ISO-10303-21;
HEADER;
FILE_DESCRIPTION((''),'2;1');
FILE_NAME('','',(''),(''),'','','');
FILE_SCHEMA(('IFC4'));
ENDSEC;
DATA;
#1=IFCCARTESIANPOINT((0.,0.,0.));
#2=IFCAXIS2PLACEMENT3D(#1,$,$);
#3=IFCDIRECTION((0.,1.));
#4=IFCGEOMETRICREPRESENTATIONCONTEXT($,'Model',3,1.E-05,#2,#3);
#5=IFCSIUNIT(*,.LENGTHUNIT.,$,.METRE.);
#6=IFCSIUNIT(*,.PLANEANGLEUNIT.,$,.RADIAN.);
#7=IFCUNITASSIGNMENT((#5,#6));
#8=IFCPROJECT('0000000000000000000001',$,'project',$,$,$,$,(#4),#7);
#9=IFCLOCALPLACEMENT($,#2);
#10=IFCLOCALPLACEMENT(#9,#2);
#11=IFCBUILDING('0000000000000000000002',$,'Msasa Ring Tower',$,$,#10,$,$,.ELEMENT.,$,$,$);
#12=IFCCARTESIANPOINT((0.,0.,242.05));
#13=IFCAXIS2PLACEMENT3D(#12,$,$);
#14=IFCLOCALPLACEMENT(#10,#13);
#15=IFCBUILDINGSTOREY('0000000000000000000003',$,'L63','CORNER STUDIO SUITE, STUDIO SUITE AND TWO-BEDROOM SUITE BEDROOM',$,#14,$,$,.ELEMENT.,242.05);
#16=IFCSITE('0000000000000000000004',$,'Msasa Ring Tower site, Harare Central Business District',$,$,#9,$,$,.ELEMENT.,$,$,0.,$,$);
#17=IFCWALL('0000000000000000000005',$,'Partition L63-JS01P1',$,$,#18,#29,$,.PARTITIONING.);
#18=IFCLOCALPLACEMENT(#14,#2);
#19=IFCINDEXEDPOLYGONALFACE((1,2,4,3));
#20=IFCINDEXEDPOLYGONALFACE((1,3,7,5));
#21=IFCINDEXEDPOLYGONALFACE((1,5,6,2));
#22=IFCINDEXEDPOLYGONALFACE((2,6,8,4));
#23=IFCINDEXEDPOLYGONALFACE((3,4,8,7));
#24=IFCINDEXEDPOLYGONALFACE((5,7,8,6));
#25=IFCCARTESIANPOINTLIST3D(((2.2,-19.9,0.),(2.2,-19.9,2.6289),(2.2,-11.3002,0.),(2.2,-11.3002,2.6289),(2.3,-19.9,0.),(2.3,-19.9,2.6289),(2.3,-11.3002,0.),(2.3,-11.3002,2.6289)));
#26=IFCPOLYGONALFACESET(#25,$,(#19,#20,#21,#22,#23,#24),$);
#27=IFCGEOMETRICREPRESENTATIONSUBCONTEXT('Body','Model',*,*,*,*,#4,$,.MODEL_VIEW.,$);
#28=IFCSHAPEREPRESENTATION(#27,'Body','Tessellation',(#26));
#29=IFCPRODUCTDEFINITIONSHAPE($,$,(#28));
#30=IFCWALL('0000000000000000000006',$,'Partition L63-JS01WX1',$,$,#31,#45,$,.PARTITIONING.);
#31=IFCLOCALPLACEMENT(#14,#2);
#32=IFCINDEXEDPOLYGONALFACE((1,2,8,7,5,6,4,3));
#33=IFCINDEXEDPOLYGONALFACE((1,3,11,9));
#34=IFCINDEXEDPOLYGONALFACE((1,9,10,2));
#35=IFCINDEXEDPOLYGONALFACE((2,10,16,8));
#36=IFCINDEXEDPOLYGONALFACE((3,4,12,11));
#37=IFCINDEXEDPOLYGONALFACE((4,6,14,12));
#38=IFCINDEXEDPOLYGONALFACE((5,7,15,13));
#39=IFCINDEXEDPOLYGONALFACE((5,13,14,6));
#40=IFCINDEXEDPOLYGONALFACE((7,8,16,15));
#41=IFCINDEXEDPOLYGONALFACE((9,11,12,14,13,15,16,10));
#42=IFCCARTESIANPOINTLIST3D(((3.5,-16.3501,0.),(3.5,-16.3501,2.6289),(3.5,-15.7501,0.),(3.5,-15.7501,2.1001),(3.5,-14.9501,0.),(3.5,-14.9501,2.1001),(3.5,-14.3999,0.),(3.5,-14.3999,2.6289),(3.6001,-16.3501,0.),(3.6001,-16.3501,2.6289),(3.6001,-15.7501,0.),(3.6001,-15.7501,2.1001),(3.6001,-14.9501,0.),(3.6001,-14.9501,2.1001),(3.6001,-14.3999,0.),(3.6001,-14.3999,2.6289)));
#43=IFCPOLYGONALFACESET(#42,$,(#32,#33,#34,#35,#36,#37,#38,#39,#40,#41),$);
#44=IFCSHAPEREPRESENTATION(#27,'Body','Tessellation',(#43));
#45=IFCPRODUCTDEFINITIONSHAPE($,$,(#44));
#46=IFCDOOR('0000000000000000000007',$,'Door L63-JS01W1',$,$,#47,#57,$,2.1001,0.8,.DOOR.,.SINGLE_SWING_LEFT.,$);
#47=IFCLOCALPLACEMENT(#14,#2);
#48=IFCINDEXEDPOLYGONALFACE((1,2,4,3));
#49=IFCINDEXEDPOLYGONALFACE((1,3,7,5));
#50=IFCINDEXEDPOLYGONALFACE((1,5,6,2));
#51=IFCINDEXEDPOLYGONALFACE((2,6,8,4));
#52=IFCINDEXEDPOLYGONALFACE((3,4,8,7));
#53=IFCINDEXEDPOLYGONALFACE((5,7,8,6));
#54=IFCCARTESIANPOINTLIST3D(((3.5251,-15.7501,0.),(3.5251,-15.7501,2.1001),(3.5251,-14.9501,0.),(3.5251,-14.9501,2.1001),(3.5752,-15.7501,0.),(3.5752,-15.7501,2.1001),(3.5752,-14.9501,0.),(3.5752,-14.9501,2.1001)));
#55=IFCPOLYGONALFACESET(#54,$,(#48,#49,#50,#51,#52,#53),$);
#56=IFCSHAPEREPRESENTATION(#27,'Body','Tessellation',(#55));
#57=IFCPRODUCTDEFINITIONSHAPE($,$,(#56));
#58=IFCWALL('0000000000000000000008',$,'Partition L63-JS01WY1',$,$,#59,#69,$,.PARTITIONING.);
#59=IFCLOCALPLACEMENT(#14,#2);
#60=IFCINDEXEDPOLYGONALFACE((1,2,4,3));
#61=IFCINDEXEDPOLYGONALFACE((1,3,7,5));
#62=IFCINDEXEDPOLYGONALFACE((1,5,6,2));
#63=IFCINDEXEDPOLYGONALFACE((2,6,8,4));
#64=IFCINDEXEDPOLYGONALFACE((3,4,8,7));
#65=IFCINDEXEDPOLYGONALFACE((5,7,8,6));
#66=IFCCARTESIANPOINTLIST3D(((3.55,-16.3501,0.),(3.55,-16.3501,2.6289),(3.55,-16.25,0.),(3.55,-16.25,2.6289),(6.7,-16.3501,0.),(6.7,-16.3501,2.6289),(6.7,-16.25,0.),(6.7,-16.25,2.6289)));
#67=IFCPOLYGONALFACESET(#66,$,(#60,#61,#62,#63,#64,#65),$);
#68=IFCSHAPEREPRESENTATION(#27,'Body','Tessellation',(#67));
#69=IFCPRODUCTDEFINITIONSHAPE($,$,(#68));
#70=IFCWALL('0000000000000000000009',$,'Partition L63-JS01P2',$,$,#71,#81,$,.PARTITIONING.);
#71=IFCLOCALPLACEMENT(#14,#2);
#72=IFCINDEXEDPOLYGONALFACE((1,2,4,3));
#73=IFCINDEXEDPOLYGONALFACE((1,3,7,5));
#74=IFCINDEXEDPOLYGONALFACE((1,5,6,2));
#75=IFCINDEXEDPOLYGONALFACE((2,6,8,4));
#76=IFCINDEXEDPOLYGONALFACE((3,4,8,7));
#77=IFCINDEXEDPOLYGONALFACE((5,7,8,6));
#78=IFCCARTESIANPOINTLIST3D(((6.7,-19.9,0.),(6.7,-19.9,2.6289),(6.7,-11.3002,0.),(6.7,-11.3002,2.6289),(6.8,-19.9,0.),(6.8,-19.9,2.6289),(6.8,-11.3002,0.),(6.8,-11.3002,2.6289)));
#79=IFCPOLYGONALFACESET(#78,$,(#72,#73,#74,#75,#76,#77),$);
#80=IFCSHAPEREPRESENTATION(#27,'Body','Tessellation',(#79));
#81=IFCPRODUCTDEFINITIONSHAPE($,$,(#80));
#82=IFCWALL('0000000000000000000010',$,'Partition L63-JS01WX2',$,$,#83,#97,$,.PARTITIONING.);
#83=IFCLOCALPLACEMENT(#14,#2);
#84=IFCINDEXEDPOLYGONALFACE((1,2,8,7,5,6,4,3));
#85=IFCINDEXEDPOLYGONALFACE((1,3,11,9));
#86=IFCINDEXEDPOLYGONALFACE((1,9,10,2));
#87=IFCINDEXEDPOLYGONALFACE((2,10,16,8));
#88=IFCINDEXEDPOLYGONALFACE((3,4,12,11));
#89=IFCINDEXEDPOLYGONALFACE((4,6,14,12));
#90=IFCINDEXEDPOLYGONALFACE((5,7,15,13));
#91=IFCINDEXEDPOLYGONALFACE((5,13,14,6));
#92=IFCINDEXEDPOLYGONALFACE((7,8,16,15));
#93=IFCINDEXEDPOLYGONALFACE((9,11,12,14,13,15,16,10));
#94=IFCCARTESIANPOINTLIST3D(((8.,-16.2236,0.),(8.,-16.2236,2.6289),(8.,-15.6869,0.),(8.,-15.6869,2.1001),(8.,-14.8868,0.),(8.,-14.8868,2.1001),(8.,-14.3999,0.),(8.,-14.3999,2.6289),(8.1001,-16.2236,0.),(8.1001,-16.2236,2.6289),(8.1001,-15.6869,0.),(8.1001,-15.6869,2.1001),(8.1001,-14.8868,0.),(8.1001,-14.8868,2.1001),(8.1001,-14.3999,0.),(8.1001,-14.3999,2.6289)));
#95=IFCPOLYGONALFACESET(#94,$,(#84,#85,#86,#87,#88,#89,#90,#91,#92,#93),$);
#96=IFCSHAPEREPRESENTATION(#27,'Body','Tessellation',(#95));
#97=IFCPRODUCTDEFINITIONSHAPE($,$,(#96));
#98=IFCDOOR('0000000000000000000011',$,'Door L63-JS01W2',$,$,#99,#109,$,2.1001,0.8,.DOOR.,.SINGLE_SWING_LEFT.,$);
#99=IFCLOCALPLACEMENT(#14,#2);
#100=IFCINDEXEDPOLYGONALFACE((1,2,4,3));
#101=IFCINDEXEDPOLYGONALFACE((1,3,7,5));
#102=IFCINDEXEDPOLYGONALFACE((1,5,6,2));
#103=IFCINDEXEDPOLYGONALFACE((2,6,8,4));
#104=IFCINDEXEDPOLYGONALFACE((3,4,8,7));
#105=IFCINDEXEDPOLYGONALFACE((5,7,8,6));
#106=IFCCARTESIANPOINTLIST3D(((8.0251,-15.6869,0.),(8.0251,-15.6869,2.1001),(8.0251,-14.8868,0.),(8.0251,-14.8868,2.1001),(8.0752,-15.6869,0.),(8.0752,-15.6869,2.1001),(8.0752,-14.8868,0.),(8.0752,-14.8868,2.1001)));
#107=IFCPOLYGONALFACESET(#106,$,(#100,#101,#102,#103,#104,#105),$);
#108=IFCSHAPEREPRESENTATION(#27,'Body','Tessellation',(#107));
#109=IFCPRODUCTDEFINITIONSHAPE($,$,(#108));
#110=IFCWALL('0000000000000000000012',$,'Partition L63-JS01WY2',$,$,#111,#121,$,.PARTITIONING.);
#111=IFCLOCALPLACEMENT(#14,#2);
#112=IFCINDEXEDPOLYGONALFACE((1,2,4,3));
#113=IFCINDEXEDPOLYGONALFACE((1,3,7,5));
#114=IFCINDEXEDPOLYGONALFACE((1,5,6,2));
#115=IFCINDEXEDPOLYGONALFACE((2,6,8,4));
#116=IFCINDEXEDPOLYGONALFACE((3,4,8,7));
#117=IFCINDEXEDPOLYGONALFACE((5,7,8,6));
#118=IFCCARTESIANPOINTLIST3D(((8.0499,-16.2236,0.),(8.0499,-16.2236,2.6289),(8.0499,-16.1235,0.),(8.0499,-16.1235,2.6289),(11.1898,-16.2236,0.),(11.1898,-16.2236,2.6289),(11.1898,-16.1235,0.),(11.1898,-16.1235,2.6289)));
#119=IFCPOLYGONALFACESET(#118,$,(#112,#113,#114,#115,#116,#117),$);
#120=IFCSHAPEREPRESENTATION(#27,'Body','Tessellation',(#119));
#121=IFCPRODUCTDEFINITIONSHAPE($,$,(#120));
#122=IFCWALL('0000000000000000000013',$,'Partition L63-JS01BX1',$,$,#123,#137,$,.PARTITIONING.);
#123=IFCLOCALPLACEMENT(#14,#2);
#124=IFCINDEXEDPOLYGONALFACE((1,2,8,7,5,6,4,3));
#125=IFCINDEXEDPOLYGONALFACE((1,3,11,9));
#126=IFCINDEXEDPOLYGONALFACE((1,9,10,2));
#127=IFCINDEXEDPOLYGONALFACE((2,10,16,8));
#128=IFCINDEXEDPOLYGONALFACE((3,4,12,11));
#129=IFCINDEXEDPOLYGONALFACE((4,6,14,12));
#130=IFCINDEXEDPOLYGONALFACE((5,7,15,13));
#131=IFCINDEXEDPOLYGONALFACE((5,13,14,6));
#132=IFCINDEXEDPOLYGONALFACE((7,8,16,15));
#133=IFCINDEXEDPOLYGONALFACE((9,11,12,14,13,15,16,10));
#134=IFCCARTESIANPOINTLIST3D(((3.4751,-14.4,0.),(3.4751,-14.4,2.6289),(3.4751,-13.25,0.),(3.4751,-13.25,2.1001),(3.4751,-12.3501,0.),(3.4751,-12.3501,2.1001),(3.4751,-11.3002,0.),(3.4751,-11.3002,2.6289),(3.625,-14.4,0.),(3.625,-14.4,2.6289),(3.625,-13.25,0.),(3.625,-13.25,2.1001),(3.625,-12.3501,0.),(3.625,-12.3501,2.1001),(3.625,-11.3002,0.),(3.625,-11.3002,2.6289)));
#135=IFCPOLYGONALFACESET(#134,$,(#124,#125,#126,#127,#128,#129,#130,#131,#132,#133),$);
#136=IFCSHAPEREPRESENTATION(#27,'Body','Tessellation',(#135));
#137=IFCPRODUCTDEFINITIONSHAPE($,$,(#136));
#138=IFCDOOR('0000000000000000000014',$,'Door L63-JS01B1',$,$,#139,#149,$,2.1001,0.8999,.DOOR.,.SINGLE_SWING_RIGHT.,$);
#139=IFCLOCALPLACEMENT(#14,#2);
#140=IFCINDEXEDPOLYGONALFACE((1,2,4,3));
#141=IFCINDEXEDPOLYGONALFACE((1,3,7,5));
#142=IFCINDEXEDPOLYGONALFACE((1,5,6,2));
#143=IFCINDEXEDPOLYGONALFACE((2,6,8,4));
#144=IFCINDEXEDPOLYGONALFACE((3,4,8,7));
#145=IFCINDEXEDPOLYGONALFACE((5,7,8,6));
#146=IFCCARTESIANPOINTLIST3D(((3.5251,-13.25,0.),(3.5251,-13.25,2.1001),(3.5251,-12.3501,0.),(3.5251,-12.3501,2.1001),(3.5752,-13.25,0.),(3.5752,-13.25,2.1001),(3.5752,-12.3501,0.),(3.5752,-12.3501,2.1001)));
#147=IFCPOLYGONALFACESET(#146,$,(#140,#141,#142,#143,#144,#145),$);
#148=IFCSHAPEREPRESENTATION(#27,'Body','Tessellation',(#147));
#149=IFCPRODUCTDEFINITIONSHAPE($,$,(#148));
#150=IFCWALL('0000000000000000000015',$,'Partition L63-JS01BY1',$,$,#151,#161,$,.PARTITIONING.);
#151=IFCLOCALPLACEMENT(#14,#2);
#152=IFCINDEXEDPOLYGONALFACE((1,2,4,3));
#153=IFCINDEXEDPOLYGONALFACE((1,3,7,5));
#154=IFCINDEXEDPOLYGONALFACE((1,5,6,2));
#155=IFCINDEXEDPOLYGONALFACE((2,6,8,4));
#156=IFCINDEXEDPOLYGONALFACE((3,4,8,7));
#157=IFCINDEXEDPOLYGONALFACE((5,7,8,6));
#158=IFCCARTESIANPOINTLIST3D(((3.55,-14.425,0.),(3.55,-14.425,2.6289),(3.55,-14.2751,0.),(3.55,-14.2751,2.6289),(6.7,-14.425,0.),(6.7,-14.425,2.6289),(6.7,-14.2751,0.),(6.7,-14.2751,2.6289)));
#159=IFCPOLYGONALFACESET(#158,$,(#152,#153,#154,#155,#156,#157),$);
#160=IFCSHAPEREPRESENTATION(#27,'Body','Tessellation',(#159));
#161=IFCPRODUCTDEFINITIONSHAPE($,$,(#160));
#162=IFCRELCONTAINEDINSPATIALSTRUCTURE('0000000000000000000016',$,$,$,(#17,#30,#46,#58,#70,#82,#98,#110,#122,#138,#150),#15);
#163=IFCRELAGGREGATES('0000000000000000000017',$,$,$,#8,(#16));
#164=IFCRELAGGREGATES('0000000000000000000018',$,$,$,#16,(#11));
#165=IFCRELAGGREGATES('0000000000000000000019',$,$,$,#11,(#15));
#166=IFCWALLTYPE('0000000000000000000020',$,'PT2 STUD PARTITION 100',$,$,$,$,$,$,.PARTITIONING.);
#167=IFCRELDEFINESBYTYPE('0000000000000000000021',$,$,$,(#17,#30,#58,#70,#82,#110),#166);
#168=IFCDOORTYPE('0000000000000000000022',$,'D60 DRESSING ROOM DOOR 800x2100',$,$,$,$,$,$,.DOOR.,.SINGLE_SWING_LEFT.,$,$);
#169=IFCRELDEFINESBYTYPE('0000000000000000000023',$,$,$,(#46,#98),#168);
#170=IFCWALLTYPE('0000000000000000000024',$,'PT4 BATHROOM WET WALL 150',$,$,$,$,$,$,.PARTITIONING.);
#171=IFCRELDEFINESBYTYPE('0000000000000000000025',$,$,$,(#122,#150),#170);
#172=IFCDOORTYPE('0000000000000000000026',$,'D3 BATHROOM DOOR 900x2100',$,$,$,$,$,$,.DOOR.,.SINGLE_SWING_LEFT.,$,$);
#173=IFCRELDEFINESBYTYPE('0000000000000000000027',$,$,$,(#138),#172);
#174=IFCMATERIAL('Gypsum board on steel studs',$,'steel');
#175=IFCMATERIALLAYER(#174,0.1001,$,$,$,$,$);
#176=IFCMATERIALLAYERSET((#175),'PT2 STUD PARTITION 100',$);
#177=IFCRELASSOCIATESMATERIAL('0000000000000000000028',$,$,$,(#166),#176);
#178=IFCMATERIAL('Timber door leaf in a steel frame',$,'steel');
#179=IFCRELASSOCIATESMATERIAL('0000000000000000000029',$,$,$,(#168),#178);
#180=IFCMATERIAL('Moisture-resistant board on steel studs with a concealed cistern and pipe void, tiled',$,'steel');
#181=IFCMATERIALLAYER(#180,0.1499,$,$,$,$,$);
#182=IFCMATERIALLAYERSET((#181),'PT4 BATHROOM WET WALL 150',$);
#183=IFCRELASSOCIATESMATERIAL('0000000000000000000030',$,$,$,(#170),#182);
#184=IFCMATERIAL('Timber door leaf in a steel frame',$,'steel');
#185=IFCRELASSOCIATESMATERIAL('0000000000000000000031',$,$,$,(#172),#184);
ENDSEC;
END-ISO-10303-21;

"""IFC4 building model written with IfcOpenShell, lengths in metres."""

from ifc_helpers import new_model, si_unit, direction, frame, frame_2d, origin, place, context, subcontext, project, spatial, rectangle, extrude, material, layer, layer_set, type_object, element, fill, save


model = new_model("IFC4")

# Units and contexts
model_context = context("Model", 3, precision=1e-05, world=origin(), true_north=direction((0.0, 1.0)))
body_context = subcontext(model_context, "Body", "Model", "MODEL_VIEW")
ifc_project = project(units=[si_unit("LENGTHUNIT", "METRE"), si_unit("PLANEANGLEUNIT", "RADIAN")], contexts=[model_context])

# Site, building, storey
site_placement = place(None, origin())
site = spatial("IfcSite", under=ifc_project, at=site_placement, Name="Msasa Ring Tower site, Harare Central Business District", CompositionType="ELEMENT", RefElevation=0.0)
building_placement = place(site_placement, origin())
building = spatial("IfcBuilding", under=site, at=building_placement, Name="Msasa Ring Tower", CompositionType="ELEMENT")
storey_placement = place(building_placement, frame((0.0, 0.0, 242.05)))
storey = spatial("IfcBuildingStorey", under=building, at=storey_placement, Name="L63", Description="CORNER STUDIO SUITE, STUDIO SUITE AND TWO-BEDROOM SUITE BEDROOM", CompositionType="ELEMENT", Elevation=242.05)

# Wall
ifc_material_1 = material(Name="Gypsum board on steel studs", Category="steel")
ifc_layer_1 = layer(ifc_material_1, 0.1001)
ifc_layer_set_1 = layer_set([ifc_layer_1], Name="PT2 STUD PARTITION 100")
wall_type_1 = type_object("IfcWallType", Name="PT2 STUD PARTITION 100", PredefinedType="PARTITIONING", material=ifc_layer_set_1)
wall_1_placement = place(storey_placement, frame((2.25, -19.8999, 0.0), z_axis=(0.0, 0.0, 1.0), x_axis=(0.0, 1.0, 0.0)))
element("IfcWall", 1, at=wall_1_placement, inside=storey, type_object=wall_type_1, Name="Partition L63-JS01P1", PredefinedType="PARTITIONING", context=body_context, shape_type="SweptSolid", body=[
    extrude(rectangle(XDim=8.5999, YDim=0.1001, at=frame_2d((4.2998, 0.0))), origin(), (0.0, 0.0, 1.0), 2.6289),
])

# Wall, opening, door
wall_2_placement = place(storey_placement, frame((3.55, -16.3501, 0.0), z_axis=(0.0, 0.0, 1.0), x_axis=(0.0, 1.0, 0.0)))
wall_2 = element("IfcWall", 2, at=wall_2_placement, inside=storey, type_object=wall_type_1, Name="Partition L63-JS01WX1", PredefinedType="PARTITIONING", context=body_context, shape_type="SweptSolid", body=[
    extrude(rectangle(XDim=1.9502, YDim=0.1001, at=frame_2d((0.9751, 0.0))), origin(), (0.0, 0.0, 1.0), 2.6289),
])
opening_1_placement = place(wall_2_placement, frame((0.6001, 0.0, 0.0)))
opening_1 = element("IfcOpeningElement", 3, at=opening_1_placement, cuts=wall_2, PredefinedType="OPENING", context=body_context, shape_type="SweptSolid", body=[
    extrude(rectangle(XDim=0.8, YDim=2.1001, at=frame_2d((0.3999, 1.05))), frame((0.0, 0.0601, 0.0), z_axis=(0.0, -1.0, 0.0), x_axis=(1.0, 0.0, 0.0)), (0.0, 0.0, 1.0), 0.1201),
])
ifc_material_2 = material(Name="Timber door leaf in a steel frame", Category="steel")
door_type_1 = type_object("IfcDoorType", Name="D60 DRESSING ROOM DOOR 800x2100", OperationType="SINGLE_SWING_LEFT", PredefinedType="DOOR", material=ifc_material_2)
door_1_placement = place(opening_1_placement, origin())
door_1 = element("IfcDoor", 4, at=door_1_placement, inside=storey, type_object=door_type_1, Name="Door L63-JS01W1", OperationType="SINGLE_SWING_LEFT", OverallHeight=2.1001, OverallWidth=0.8, PredefinedType="DOOR", context=body_context, shape_type="SweptSolid", body=[
    extrude(rectangle(XDim=0.8, YDim=2.1001, at=frame_2d((0.3999, 1.05))), frame((0.0, 0.0249, 0.0), z_axis=(0.0, -1.0, 0.0), x_axis=(1.0, 0.0, 0.0)), (0.0, 0.0, 1.0), 0.05),
])
fill(opening_1, door_1)

# Walls
wall_3_placement = place(storey_placement, frame((3.55, -16.3, 0.0), z_axis=(0.0, 0.0, 1.0), x_axis=(1.0, 0.0, 0.0)))
element("IfcWall", 5, at=wall_3_placement, inside=storey, type_object=wall_type_1, Name="Partition L63-JS01WY1", PredefinedType="PARTITIONING", context=body_context, shape_type="SweptSolid", body=[
    extrude(rectangle(XDim=3.1499, YDim=0.1001, at=frame_2d((1.575, 0.0))), origin(), (0.0, 0.0, 1.0), 2.6289),
])
wall_4_placement = place(storey_placement, frame((6.75, -19.8999, 0.0), z_axis=(0.0, 0.0, 1.0), x_axis=(0.0, 1.0, 0.0)))
element("IfcWall", 6, at=wall_4_placement, inside=storey, type_object=wall_type_1, Name="Partition L63-JS01P2", PredefinedType="PARTITIONING", context=body_context, shape_type="SweptSolid", body=[
    extrude(rectangle(XDim=8.5999, YDim=0.1001, at=frame_2d((4.2998, 0.0))), origin(), (0.0, 0.0, 1.0), 2.6289),
])

# Wall, opening, door
wall_5_placement = place(storey_placement, frame((8.05, -16.2236, 0.0), z_axis=(0.0, 0.0, 1.0), x_axis=(0.0, 1.0, 0.0)))
wall_5 = element("IfcWall", 7, at=wall_5_placement, inside=storey, type_object=wall_type_1, Name="Partition L63-JS01WX2", PredefinedType="PARTITIONING", context=body_context, shape_type="SweptSolid", body=[
    extrude(rectangle(XDim=1.8237, YDim=0.1001, at=frame_2d((0.9119, 0.0))), origin(), (0.0, 0.0, 1.0), 2.6289),
])
opening_2_placement = place(wall_5_placement, frame((0.5369, 0.0, 0.0)))
opening_2 = element("IfcOpeningElement", 8, at=opening_2_placement, cuts=wall_5, PredefinedType="OPENING", context=body_context, shape_type="SweptSolid", body=[
    extrude(rectangle(XDim=0.8, YDim=2.1001, at=frame_2d((0.3999, 1.05))), frame((0.0, 0.0601, 0.0), z_axis=(0.0, -1.0, 0.0), x_axis=(1.0, 0.0, 0.0)), (0.0, 0.0, 1.0), 0.1201),
])
door_2_placement = place(opening_2_placement, origin())
door_2 = element("IfcDoor", 9, at=door_2_placement, inside=storey, type_object=door_type_1, Name="Door L63-JS01W2", OperationType="SINGLE_SWING_LEFT", OverallHeight=2.1001, OverallWidth=0.8, PredefinedType="DOOR", context=body_context, shape_type="SweptSolid", body=[
    extrude(rectangle(XDim=0.8, YDim=2.1001, at=frame_2d((0.3999, 1.05))), frame((0.0, 0.0249, 0.0), z_axis=(0.0, -1.0, 0.0), x_axis=(1.0, 0.0, 0.0)), (0.0, 0.0, 1.0), 0.05),
])
fill(opening_2, door_2)

# Wall
wall_6_placement = place(storey_placement, frame((8.05, -16.1736, 0.0), z_axis=(0.0, 0.0, 1.0), x_axis=(1.0, 0.0, 0.0)))
element("IfcWall", 10, at=wall_6_placement, inside=storey, type_object=wall_type_1, Name="Partition L63-JS01WY2", PredefinedType="PARTITIONING", context=body_context, shape_type="SweptSolid", body=[
    extrude(rectangle(XDim=3.1399, YDim=0.1001, at=frame_2d((1.5698, 0.0))), origin(), (0.0, 0.0, 1.0), 2.6289),
])

# Wall, opening, door
ifc_material_3 = material(Name="Moisture-resistant board on steel studs with a concealed cistern and pipe void, tiled", Category="steel")
ifc_layer_2 = layer(ifc_material_3, 0.1499)
ifc_layer_set_2 = layer_set([ifc_layer_2], Name="PT4 BATHROOM WET WALL 150")
wall_type_2 = type_object("IfcWallType", Name="PT4 BATHROOM WET WALL 150", PredefinedType="PARTITIONING", material=ifc_layer_set_2)
wall_7_placement = place(storey_placement, frame((3.55, -14.3999, 0.0), z_axis=(0.0, 0.0, 1.0), x_axis=(0.0, 1.0, 0.0)))
wall_7 = element("IfcWall", 11, at=wall_7_placement, inside=storey, type_object=wall_type_2, Name="Partition L63-JS01BX1", PredefinedType="PARTITIONING", context=body_context, shape_type="SweptSolid", body=[
    extrude(rectangle(XDim=3.0999, YDim=0.1499, at=frame_2d((1.5498, 0.0))), origin(), (0.0, 0.0, 1.0), 2.6289),
])
opening_3_placement = place(wall_7_placement, frame((1.1499, 0.0, 0.0)))
opening_3 = element("IfcOpeningElement", 12, at=opening_3_placement, cuts=wall_7, PredefinedType="OPENING", context=body_context, shape_type="SweptSolid", body=[
    extrude(rectangle(XDim=0.8999, YDim=2.1001, at=frame_2d((0.45, 1.05))), frame((0.0, 0.085, 0.0), z_axis=(0.0, -1.0, 0.0), x_axis=(1.0, 0.0, 0.0)), (0.0, 0.0, 1.0), 0.1699),
])
ifc_material_4 = material(Name="Timber door leaf in a steel frame", Category="steel")
door_type_2 = type_object("IfcDoorType", Name="D3 BATHROOM DOOR 900x2100", OperationType="SINGLE_SWING_LEFT", PredefinedType="DOOR", material=ifc_material_4)
door_3_placement = place(opening_3_placement, origin())
door_3 = element("IfcDoor", 13, at=door_3_placement, inside=storey, type_object=door_type_2, Name="Door L63-JS01B1", OperationType="SINGLE_SWING_RIGHT", OverallHeight=2.1001, OverallWidth=0.8999, PredefinedType="DOOR", context=body_context, shape_type="SweptSolid", body=[
    extrude(rectangle(XDim=0.8999, YDim=2.1001, at=frame_2d((0.45, 1.05))), frame((0.0, 0.0249, 0.0), z_axis=(0.0, -1.0, 0.0), x_axis=(1.0, 0.0, 0.0)), (0.0, 0.0, 1.0), 0.05),
])
fill(opening_3, door_3)

# Wall
wall_8_placement = place(storey_placement, frame((3.55, -14.3501, 0.0), z_axis=(0.0, 0.0, 1.0), x_axis=(1.0, 0.0, 0.0)))
element("IfcWall", 14, at=wall_8_placement, inside=storey, type_object=wall_type_2, Name="Partition L63-JS01BY1", PredefinedType="PARTITIONING", context=body_context, shape_type="SweptSolid", body=[
    extrude(rectangle(XDim=3.1499, YDim=0.1499, at=frame_2d((1.575, 0.0))), origin(), (0.0, 0.0, 1.0), 2.6289),
])

save(model, "model.ifc")
